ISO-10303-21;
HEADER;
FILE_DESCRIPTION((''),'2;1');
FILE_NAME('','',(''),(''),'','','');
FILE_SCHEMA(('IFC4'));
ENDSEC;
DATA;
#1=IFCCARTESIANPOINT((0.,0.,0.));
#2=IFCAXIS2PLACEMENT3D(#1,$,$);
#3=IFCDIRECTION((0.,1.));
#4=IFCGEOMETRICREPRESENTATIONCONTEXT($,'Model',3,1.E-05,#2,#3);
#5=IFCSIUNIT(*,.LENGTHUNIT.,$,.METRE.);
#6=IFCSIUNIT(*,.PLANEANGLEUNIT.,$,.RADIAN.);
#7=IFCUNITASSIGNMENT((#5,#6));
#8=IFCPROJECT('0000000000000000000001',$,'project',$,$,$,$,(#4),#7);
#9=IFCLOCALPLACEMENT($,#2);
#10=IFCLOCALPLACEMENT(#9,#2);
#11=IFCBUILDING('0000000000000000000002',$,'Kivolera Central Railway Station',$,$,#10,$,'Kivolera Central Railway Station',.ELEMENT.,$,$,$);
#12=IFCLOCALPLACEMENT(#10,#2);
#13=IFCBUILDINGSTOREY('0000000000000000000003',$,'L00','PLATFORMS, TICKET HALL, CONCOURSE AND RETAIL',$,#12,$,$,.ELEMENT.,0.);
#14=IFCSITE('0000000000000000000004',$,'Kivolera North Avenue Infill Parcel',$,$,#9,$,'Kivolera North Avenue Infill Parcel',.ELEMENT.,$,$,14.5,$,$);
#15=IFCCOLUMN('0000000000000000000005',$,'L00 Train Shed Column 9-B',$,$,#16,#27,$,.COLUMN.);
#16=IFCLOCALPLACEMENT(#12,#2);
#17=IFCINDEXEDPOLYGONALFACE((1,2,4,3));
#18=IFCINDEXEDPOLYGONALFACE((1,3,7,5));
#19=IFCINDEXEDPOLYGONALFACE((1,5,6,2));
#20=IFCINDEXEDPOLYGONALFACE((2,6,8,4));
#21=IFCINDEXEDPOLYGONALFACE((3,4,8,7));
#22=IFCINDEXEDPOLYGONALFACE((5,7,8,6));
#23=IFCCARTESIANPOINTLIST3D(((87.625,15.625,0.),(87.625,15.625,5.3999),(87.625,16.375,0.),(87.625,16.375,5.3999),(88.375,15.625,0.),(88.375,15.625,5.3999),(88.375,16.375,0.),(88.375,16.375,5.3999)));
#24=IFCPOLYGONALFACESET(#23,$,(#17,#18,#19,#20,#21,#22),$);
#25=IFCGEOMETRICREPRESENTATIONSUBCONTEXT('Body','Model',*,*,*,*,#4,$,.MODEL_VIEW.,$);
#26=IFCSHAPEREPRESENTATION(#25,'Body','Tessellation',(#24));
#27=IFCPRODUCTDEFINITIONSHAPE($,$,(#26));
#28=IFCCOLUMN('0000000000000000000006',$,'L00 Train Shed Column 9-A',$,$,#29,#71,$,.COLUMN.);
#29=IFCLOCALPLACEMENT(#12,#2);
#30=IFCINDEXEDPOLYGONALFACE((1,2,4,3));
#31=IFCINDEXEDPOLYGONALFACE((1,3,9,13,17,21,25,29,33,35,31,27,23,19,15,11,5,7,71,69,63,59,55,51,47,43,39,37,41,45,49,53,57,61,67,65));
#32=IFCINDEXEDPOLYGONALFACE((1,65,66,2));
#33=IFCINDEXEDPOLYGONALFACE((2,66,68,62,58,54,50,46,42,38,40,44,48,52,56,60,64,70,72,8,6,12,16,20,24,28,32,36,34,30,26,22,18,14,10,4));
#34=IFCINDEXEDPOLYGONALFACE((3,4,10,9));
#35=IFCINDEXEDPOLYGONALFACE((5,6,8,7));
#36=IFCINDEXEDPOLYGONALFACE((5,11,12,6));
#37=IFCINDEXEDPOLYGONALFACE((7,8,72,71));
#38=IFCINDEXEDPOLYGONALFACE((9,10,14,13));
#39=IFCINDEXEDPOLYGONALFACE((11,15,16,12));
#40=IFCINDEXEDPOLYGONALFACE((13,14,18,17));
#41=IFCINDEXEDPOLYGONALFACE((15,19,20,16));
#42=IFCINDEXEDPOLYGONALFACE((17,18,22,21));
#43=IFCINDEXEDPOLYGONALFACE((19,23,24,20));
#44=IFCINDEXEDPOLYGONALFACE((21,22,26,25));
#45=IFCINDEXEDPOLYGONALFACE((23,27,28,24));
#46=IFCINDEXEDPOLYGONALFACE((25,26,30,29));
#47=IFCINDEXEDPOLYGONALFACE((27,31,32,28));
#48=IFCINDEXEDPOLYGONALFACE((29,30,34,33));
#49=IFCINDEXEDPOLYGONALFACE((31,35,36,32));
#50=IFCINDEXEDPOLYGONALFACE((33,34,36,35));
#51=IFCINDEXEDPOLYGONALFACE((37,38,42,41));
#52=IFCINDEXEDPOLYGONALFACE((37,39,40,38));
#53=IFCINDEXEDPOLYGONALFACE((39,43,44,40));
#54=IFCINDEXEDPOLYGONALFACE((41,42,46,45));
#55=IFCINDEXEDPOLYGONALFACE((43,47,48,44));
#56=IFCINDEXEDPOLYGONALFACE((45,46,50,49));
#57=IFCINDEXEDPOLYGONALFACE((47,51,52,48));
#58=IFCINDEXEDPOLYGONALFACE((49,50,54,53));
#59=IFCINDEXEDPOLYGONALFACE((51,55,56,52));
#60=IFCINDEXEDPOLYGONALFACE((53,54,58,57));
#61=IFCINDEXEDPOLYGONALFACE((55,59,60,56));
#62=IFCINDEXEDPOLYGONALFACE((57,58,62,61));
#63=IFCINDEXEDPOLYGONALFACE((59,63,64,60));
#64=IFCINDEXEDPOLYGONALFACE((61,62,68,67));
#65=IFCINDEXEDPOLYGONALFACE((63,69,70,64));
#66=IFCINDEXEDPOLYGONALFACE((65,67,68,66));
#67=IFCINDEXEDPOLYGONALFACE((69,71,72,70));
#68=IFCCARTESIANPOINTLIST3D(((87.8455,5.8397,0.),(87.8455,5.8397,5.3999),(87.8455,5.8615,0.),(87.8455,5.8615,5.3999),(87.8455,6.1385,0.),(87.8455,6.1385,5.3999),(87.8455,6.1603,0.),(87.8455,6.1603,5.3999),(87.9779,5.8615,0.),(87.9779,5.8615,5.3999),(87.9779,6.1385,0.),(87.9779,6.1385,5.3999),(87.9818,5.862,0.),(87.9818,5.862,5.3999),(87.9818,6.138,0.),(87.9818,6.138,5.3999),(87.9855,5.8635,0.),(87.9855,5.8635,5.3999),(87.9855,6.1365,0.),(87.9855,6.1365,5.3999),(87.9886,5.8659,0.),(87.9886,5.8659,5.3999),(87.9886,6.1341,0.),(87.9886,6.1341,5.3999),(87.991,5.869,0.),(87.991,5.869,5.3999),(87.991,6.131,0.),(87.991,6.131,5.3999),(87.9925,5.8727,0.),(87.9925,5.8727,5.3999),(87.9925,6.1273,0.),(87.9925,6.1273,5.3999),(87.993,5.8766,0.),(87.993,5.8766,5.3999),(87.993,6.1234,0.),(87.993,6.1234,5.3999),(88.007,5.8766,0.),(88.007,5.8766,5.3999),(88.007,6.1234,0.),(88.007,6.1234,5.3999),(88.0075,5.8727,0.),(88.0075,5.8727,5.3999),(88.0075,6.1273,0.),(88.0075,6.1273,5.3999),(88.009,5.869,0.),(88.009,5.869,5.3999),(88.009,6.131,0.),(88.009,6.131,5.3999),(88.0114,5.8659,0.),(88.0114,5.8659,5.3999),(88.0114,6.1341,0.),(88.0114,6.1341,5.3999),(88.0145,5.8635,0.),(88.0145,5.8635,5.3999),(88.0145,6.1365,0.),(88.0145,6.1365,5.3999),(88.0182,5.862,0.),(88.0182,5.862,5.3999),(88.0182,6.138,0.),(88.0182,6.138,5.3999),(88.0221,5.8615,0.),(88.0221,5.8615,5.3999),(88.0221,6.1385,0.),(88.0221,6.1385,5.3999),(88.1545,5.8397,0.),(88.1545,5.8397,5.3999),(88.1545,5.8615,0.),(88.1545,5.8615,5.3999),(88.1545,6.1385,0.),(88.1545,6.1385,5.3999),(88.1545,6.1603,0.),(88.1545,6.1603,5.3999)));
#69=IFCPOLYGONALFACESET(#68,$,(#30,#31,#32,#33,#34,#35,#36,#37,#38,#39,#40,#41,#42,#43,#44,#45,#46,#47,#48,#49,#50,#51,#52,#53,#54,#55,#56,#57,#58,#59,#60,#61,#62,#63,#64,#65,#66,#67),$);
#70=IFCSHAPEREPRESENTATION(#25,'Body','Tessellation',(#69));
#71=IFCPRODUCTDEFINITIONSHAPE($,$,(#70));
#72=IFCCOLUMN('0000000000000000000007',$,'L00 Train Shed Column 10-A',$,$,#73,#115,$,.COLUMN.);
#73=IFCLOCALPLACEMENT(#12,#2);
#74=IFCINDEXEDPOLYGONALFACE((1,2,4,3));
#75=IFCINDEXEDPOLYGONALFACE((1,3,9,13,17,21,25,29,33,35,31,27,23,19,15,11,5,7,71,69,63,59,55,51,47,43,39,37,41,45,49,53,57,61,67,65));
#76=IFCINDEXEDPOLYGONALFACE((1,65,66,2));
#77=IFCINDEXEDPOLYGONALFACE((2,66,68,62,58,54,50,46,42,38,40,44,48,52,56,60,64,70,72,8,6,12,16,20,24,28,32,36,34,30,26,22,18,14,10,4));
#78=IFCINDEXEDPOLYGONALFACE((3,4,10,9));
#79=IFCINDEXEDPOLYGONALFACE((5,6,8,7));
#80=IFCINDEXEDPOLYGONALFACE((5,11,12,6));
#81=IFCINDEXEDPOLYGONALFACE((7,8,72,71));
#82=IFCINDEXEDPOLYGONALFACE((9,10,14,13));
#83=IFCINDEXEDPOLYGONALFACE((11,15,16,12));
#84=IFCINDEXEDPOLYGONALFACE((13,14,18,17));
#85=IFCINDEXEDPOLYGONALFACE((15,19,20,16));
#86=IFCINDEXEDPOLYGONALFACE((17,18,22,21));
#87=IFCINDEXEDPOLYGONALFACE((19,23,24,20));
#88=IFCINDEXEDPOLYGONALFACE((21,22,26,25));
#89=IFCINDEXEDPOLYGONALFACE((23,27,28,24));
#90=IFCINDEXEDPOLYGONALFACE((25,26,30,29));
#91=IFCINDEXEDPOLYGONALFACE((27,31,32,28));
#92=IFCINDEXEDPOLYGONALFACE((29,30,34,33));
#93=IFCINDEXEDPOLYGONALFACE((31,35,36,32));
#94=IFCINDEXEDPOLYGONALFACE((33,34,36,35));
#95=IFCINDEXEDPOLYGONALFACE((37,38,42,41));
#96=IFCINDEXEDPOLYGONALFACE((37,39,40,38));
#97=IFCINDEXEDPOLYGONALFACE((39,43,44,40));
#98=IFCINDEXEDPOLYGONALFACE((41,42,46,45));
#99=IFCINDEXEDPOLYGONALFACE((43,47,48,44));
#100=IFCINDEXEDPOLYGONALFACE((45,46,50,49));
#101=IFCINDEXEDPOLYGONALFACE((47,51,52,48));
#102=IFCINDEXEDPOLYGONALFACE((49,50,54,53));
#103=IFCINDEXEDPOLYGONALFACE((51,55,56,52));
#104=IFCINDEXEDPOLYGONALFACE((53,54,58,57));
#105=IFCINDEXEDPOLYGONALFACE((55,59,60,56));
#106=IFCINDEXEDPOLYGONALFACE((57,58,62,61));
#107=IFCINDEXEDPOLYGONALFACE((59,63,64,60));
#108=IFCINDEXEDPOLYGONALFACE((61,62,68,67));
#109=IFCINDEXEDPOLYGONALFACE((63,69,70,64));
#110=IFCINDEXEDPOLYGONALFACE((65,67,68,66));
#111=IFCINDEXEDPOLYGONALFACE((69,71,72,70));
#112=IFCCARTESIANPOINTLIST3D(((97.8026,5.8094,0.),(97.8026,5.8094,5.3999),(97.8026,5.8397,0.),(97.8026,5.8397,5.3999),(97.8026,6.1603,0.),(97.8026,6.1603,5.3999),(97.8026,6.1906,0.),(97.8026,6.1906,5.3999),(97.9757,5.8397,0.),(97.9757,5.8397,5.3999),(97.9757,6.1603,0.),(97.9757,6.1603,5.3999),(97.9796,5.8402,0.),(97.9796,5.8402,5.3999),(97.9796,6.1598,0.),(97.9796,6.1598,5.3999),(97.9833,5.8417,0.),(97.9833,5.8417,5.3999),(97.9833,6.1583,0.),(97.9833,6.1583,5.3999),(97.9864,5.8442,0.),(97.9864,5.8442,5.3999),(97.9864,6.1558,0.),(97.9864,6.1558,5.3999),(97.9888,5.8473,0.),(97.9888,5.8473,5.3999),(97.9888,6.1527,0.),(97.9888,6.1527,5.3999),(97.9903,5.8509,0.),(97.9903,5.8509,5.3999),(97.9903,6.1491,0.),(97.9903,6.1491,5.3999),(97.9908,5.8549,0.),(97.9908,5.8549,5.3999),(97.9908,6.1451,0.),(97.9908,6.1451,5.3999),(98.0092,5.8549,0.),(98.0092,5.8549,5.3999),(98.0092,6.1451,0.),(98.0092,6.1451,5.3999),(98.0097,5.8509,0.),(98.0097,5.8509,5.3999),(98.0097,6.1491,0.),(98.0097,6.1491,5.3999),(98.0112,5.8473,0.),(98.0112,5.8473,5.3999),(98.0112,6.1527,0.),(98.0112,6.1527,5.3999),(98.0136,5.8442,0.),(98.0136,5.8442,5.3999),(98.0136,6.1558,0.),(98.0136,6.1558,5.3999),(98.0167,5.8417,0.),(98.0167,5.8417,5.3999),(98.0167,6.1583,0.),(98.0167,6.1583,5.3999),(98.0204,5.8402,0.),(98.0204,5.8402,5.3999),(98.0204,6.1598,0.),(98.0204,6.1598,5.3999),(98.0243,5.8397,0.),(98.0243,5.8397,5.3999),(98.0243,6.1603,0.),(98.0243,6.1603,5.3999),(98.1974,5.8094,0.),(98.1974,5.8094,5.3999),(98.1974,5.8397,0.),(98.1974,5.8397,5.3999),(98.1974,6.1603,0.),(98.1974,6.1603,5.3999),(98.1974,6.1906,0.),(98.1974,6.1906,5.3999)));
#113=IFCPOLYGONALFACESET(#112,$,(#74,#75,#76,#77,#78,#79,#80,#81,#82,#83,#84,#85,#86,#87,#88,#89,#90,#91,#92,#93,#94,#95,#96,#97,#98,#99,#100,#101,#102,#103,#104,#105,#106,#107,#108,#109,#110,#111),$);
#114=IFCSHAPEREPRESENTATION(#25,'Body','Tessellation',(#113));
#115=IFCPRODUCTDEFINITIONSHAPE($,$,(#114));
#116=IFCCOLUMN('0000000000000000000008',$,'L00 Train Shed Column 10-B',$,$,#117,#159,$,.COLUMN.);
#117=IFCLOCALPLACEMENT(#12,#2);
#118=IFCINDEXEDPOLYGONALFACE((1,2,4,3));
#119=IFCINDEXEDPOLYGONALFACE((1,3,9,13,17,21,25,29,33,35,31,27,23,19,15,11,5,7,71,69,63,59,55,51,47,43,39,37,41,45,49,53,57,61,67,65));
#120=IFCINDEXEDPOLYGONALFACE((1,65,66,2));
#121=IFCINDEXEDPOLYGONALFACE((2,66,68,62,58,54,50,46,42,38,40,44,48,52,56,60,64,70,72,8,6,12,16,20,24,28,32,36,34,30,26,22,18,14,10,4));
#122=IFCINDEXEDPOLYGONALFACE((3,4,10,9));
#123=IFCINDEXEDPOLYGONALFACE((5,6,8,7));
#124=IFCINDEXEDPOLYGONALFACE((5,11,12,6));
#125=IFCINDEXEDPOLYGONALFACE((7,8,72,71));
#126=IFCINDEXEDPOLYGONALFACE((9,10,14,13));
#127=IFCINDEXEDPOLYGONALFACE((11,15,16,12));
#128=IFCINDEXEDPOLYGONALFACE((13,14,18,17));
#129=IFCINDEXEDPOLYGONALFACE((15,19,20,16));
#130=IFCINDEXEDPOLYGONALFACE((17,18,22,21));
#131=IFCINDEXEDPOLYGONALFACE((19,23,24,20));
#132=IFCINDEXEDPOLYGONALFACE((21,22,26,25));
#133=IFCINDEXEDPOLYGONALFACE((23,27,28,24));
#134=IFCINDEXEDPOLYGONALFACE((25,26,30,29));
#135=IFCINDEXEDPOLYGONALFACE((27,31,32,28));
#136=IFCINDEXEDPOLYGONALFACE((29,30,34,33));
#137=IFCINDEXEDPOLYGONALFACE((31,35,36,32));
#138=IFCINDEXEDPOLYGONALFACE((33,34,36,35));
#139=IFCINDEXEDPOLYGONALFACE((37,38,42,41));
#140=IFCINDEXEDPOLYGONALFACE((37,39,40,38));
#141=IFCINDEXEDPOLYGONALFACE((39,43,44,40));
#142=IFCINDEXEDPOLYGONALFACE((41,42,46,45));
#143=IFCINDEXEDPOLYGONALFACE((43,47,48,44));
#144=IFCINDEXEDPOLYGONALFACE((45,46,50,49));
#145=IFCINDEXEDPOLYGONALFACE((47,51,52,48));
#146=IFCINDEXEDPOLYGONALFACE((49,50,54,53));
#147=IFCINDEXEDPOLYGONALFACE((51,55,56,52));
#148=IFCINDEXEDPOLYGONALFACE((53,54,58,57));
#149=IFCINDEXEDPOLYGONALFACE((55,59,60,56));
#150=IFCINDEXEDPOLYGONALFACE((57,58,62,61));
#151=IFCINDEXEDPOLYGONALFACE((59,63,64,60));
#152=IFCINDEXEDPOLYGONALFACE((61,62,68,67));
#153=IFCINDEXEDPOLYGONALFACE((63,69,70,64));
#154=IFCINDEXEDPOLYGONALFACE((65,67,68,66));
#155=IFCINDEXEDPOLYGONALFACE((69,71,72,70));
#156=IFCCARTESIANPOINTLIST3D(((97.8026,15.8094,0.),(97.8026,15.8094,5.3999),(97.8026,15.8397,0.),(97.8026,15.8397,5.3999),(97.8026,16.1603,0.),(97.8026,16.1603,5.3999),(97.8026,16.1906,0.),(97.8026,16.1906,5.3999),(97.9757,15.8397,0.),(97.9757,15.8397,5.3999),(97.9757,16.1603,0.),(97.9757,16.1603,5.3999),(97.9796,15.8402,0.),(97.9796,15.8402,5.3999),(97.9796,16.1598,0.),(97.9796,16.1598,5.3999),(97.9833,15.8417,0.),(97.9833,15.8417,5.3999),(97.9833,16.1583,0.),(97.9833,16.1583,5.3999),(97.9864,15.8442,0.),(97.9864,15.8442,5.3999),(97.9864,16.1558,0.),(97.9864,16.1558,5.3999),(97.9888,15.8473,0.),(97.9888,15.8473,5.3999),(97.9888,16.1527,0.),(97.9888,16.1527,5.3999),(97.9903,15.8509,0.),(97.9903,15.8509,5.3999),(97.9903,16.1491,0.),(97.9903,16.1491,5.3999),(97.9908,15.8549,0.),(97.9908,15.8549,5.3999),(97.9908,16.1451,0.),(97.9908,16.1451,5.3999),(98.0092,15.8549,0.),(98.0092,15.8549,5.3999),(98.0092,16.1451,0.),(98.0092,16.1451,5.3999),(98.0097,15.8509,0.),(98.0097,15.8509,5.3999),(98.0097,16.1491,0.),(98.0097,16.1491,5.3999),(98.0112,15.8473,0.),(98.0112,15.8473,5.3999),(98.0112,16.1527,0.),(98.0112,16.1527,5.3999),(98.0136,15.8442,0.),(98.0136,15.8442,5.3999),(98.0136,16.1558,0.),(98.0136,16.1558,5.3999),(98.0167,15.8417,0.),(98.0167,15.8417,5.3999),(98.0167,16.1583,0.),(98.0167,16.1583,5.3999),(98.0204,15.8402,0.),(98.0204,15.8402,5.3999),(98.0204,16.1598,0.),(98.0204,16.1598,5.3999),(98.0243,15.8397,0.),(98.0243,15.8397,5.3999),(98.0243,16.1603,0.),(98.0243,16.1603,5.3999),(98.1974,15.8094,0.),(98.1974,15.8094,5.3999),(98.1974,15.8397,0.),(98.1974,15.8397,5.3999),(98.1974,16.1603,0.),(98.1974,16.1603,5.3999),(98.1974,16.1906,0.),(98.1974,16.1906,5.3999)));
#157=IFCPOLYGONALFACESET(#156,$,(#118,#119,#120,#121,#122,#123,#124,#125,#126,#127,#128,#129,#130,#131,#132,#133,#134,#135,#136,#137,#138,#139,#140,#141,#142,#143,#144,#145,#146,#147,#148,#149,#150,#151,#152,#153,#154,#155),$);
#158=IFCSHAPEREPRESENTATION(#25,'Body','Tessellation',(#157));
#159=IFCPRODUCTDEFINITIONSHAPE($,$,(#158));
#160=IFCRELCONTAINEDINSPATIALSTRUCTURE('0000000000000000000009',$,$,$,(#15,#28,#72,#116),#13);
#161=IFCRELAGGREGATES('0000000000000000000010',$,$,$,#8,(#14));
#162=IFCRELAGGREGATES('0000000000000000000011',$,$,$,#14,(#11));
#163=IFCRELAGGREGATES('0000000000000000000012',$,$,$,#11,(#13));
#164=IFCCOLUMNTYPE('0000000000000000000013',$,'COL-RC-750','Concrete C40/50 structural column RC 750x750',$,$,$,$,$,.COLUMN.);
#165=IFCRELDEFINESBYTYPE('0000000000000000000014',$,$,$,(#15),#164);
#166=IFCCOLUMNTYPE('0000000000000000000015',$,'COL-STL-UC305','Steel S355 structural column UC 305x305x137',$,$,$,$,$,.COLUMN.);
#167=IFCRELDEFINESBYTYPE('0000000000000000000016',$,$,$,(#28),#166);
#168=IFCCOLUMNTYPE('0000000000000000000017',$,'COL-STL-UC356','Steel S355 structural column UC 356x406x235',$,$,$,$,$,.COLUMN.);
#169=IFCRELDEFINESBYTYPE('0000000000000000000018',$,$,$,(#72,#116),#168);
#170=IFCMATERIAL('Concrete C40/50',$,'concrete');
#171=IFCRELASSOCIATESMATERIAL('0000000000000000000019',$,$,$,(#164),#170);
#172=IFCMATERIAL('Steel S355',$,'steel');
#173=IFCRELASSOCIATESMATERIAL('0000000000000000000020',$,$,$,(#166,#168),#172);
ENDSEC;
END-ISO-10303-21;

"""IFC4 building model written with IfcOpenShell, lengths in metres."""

from ifc_helpers import new_model, si_unit, direction, frame, origin, origin_2d, place, context, subcontext, project, spatial, rectangle, i_section, extrude, material, material_profile, profile_set, type_object, element, save


model = new_model("IFC4")

# Units and contexts
model_context = context("Model", 3, precision=1e-05, world=origin(), true_north=direction((0.0, 1.0)))
body_context = subcontext(model_context, "Body", "Model", "MODEL_VIEW")
ifc_project = project(units=[si_unit("LENGTHUNIT", "METRE"), si_unit("PLANEANGLEUNIT", "RADIAN")], contexts=[model_context])

# Site, building, storey
site_placement = place(None, origin())
site = spatial("IfcSite", under=ifc_project, at=site_placement, Name="Kivolera North Avenue Infill Parcel", LongName="Kivolera North Avenue Infill Parcel", CompositionType="ELEMENT", RefElevation=14.5)
building_placement = place(site_placement, origin())
building = spatial("IfcBuilding", under=site, at=building_placement, Name="Kivolera Central Railway Station", LongName="Kivolera Central Railway Station", CompositionType="ELEMENT")
storey_placement = place(building_placement, origin())
storey = spatial("IfcBuildingStorey", under=building, at=storey_placement, Name="L00", Description="PLATFORMS, TICKET HALL, CONCOURSE AND RETAIL", CompositionType="ELEMENT", Elevation=0.0)

# Columns
ifc_material_1 = material(Name="Concrete C40/50", Category="concrete")
ifc_material_profile_1 = material_profile(ifc_material_1, rectangle(XDim=0.75, YDim=0.75, at=origin_2d()), Name="RC 750x750")
ifc_profile_set_1 = profile_set([ifc_material_profile_1], Name="Concrete C40/50")
column_type_1 = type_object("IfcColumnType", Name="COL-RC-750", Description="Concrete C40/50 structural column RC 750x750", PredefinedType="COLUMN", material=ifc_profile_set_1)
column_1_placement = place(storey_placement, frame((88.0, 16.0, 0.0), z_axis=(0.0, 0.0, 1.0), x_axis=(1.0, 0.0, 0.0)))
element("IfcColumn", 1, at=column_1_placement, inside=storey, type_object=column_type_1, Name="L00 Train Shed Column 9-B", PredefinedType="COLUMN", context=body_context, shape_type="SweptSolid", body=[
    extrude(rectangle(XDim=0.75, YDim=0.75, at=origin_2d()), origin(), (0.0, 0.0, 1.0), 5.3999),
])
ifc_material_2 = material(Name="Steel S355", Category="steel")
ifc_material_profile_2 = material_profile(ifc_material_2, i_section(OverallWidth=0.3091, OverallDepth=0.3206, WebThickness=0.0139, FlangeThickness=0.0217, FilletRadius=0.0151, at=origin_2d()), Name="UC 305x305x137")
ifc_profile_set_2 = profile_set([ifc_material_profile_2], Name="Steel S355")
column_type_2 = type_object("IfcColumnType", Name="COL-STL-UC305", Description="Steel S355 structural column UC 305x305x137", PredefinedType="COLUMN", material=ifc_profile_set_2)
column_2_placement = place(storey_placement, frame((88.0, 6.0, 0.0), z_axis=(0.0, 0.0, 1.0), x_axis=(1.0, 0.0, 0.0)))
element("IfcColumn", 2, at=column_2_placement, inside=storey, type_object=column_type_2, Name="L00 Train Shed Column 9-A", PredefinedType="COLUMN", context=body_context, shape_type="SweptSolid", body=[
    extrude(i_section(OverallWidth=0.3091, OverallDepth=0.3206, WebThickness=0.0139, FlangeThickness=0.0217, FilletRadius=0.0151, at=origin_2d()), origin(), (0.0, 0.0, 1.0), 5.3999),
])
ifc_material_profile_3 = material_profile(ifc_material_2, i_section(OverallWidth=0.3948, OverallDepth=0.3811, WebThickness=0.0183, FlangeThickness=0.0303, FilletRadius=0.0151, at=origin_2d()), Name="UC 356x406x235")
ifc_profile_set_3 = profile_set([ifc_material_profile_3], Name="Steel S355")
column_type_3 = type_object("IfcColumnType", Name="COL-STL-UC356", Description="Steel S355 structural column UC 356x406x235", PredefinedType="COLUMN", material=ifc_profile_set_3)
for number, where, z_axis, x_axis, name in (
    (3, (98.0, 6.0, 0.0), (0.0, 0.0, 1.0), (1.0, 0.0, 0.0), "L00 Train Shed Column 10-A"),
    (4, (98.0, 16.0, 0.0), (0.0, 0.0, 1.0), (1.0, 0.0, 0.0), "L00 Train Shed Column 10-B"),
):
    element("IfcColumn", number, at=place(storey_placement, frame(where, z_axis=z_axis, x_axis=x_axis)), inside=storey, type_object=column_type_3, Name=name, PredefinedType="COLUMN", context=body_context, shape_type="SweptSolid", body=[
        extrude(i_section(OverallWidth=0.3948, OverallDepth=0.3811, WebThickness=0.0183, FlangeThickness=0.0303, FilletRadius=0.0151, at=origin_2d()), origin(), (0.0, 0.0, 1.0), 5.3999),
    ])

save(model, "model.ifc")
